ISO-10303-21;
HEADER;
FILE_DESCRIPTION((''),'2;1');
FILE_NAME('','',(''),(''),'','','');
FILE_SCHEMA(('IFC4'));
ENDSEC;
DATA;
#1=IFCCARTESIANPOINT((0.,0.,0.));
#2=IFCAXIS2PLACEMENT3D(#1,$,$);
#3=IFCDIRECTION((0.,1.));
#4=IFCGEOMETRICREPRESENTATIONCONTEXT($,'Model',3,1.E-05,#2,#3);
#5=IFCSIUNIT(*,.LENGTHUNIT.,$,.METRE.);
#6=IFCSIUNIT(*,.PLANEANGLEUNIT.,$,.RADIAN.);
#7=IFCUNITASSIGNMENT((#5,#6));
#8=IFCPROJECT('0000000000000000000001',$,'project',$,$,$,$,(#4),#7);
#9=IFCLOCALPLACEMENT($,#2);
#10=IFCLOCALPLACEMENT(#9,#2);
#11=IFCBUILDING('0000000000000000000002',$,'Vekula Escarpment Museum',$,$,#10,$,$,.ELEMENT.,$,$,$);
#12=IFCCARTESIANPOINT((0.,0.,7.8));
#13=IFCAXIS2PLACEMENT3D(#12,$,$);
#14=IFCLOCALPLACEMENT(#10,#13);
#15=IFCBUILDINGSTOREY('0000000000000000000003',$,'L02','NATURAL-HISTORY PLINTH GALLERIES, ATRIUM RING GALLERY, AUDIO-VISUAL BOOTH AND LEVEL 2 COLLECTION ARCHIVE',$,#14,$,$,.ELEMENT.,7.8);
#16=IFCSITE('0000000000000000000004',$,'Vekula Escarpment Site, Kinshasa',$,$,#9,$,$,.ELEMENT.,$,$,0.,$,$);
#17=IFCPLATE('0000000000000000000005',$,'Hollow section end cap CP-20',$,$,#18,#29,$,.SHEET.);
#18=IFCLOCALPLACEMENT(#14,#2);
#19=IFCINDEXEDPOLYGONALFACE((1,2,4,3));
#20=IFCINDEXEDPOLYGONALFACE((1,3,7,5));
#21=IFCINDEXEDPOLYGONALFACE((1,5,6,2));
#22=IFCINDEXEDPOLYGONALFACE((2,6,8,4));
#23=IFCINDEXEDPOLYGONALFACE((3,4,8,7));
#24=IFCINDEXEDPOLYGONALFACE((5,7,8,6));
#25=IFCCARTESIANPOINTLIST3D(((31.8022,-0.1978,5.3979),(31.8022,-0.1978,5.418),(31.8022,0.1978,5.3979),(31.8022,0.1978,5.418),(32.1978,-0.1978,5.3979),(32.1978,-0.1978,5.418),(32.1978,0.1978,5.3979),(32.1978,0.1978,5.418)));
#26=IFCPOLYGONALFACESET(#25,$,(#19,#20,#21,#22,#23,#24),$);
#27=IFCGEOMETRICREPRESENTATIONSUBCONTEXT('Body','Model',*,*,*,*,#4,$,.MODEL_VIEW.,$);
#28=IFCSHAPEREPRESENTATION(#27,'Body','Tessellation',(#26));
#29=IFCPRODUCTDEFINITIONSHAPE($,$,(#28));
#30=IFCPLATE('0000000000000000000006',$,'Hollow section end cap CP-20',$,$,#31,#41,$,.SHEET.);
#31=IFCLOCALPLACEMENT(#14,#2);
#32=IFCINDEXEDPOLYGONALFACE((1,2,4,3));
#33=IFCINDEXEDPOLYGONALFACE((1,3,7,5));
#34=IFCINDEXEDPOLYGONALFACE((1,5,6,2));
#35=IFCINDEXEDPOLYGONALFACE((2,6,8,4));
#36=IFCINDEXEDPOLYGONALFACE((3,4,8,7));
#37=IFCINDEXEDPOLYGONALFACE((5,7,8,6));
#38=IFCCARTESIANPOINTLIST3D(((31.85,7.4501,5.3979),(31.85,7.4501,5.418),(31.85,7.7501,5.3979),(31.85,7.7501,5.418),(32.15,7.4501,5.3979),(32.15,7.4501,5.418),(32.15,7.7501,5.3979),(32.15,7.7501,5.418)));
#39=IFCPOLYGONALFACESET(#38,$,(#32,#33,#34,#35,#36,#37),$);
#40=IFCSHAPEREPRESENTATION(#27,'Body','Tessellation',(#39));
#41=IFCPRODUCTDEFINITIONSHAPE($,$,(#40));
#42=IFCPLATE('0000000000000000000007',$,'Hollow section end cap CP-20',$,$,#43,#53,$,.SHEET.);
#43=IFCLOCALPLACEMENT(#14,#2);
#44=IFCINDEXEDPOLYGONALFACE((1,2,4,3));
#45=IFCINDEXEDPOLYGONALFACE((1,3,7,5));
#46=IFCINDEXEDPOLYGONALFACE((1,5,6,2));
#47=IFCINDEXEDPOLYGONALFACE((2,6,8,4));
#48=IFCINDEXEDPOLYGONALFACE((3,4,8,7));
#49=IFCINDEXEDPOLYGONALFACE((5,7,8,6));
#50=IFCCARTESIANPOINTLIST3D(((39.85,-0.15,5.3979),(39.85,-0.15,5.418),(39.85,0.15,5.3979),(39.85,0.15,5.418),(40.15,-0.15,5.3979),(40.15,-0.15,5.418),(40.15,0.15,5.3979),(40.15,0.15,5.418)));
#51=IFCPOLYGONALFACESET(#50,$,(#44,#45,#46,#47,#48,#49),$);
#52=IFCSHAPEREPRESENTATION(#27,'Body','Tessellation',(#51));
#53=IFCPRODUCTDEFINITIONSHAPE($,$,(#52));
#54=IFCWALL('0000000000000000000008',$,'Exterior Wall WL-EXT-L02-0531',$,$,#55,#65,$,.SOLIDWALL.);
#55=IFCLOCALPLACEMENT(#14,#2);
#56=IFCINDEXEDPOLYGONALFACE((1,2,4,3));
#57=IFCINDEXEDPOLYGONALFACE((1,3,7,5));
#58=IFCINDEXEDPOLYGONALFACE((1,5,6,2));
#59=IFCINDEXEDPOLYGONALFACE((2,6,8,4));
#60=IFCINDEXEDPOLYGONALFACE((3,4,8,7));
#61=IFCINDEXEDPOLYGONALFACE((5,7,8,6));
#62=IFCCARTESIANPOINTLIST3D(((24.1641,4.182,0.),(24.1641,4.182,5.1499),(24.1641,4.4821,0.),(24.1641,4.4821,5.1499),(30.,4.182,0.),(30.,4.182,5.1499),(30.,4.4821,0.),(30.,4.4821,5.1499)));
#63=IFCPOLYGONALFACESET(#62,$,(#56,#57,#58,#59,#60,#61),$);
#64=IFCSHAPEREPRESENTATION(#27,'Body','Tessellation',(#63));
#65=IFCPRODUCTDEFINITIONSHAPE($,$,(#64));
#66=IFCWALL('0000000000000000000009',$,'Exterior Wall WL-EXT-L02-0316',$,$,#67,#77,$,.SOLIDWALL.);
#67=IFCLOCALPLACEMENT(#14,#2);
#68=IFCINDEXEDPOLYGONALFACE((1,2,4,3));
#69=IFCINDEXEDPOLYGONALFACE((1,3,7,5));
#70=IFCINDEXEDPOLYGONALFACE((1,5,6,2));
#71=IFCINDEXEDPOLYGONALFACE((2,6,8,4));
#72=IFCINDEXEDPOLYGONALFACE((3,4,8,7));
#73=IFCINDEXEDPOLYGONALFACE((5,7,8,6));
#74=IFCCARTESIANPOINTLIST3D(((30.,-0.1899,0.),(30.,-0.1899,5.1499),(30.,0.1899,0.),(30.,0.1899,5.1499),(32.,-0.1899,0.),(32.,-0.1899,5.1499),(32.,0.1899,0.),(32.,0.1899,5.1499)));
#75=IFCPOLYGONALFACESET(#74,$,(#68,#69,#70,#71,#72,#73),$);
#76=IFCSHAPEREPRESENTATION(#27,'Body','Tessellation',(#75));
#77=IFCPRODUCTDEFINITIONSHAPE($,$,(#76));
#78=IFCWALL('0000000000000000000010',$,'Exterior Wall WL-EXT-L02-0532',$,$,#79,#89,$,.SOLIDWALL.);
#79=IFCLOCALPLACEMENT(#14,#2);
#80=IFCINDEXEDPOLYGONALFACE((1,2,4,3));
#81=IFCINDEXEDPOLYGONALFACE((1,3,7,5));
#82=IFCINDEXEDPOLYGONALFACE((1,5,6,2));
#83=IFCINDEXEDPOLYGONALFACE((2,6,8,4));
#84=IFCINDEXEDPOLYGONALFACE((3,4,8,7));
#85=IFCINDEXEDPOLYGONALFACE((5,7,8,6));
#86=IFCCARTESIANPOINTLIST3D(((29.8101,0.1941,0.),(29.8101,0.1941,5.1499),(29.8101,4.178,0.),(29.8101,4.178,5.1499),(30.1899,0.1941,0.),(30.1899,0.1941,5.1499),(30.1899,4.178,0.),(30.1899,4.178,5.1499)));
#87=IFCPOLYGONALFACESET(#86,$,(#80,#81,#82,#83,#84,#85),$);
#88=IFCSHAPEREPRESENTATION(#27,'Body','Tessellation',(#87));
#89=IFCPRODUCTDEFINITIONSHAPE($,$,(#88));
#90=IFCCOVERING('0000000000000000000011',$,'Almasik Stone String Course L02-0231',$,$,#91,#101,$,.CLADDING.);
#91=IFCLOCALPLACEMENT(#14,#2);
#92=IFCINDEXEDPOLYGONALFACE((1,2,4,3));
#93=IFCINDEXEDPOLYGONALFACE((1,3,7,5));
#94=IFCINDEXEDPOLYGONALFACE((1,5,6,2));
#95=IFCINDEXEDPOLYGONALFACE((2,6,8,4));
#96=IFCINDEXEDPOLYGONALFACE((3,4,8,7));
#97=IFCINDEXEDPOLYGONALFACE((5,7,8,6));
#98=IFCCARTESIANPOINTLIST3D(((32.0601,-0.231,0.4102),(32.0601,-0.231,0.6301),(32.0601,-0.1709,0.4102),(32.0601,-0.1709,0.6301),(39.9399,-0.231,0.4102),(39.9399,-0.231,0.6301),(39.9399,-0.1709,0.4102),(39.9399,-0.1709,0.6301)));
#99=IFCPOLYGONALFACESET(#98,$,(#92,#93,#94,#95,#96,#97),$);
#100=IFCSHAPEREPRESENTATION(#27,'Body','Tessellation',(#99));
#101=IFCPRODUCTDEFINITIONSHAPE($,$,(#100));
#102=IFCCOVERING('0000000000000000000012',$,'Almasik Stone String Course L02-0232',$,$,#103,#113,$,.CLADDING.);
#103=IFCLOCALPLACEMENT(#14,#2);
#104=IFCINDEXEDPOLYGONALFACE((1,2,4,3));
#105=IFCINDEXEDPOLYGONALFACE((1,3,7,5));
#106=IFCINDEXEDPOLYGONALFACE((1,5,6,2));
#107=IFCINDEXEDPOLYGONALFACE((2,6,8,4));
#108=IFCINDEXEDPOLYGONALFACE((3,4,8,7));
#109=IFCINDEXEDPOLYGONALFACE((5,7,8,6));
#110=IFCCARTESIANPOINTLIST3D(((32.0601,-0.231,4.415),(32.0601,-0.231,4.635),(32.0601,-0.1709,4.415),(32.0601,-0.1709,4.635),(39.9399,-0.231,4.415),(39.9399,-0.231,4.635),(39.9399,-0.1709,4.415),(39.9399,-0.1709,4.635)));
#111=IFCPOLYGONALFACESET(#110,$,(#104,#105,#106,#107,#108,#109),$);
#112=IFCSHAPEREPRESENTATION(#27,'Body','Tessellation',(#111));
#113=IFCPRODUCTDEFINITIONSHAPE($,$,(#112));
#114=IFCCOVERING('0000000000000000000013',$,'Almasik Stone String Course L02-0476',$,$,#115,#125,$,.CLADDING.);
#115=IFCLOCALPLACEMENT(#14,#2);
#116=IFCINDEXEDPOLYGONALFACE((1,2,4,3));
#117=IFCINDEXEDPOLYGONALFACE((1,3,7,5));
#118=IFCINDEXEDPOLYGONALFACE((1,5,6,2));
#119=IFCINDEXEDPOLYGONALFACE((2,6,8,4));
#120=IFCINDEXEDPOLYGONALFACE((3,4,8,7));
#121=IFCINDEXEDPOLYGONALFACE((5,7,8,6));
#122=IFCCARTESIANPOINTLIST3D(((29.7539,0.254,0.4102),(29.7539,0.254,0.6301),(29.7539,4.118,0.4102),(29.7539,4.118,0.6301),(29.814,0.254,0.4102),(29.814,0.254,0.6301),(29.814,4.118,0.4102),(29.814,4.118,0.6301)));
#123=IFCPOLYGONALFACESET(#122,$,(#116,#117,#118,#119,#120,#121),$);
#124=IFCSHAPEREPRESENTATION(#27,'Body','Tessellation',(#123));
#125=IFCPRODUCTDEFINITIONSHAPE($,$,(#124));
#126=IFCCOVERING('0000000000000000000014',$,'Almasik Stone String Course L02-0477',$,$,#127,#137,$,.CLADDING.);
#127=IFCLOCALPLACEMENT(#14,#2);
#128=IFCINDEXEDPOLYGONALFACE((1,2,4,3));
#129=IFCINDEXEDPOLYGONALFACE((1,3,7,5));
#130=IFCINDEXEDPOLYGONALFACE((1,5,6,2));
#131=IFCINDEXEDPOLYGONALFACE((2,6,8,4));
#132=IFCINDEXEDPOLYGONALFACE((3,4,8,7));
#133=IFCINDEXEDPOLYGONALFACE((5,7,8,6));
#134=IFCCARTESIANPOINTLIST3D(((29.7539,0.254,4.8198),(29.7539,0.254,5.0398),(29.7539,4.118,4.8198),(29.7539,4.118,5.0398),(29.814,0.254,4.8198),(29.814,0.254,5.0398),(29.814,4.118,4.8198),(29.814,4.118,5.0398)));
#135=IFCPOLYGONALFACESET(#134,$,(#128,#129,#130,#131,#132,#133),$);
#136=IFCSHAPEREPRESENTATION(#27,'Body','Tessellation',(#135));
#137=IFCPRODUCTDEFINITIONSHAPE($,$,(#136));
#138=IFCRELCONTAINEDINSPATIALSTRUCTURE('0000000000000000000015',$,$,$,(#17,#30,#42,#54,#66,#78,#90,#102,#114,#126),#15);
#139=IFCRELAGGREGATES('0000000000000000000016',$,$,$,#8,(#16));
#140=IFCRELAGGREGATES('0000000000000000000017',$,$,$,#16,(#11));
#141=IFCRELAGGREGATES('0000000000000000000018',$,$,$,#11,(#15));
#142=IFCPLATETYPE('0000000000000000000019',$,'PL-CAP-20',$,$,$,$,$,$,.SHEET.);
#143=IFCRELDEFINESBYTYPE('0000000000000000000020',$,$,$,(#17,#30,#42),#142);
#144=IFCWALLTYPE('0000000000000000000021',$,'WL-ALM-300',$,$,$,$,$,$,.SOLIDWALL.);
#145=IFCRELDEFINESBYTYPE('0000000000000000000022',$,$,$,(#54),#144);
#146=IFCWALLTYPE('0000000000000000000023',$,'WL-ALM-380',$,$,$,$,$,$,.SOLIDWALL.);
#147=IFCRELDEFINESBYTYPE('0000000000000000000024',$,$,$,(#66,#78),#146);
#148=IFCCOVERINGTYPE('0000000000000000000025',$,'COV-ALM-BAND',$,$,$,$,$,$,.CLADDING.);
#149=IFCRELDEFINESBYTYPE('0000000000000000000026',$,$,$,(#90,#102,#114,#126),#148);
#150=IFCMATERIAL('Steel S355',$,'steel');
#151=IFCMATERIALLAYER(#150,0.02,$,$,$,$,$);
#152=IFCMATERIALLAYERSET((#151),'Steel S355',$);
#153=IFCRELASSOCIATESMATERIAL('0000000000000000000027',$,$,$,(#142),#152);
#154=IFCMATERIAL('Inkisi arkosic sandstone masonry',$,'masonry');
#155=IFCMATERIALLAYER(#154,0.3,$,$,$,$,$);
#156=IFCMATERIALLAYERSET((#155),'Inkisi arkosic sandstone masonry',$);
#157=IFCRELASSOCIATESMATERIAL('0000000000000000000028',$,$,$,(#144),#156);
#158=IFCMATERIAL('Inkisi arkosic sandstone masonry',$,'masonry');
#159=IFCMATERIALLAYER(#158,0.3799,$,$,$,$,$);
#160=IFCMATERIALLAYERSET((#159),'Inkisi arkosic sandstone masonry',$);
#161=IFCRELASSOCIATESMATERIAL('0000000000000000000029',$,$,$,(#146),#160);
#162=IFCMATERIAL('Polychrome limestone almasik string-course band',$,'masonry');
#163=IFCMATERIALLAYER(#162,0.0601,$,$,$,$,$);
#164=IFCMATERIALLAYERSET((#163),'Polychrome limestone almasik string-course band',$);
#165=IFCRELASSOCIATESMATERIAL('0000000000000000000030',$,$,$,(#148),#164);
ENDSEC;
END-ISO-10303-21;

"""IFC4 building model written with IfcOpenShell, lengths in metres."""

from ifc_helpers import new_model, si_unit, direction, frame, frame_2d, origin, origin_2d, place, context, subcontext, project, spatial, rectangle, extrude, material, layer, layer_set, type_object, element, save


model = new_model("IFC4")

# Units and contexts
model_context = context("Model", 3, precision=1e-05, world=origin(), true_north=direction((0.0, 1.0)))
body_context = subcontext(model_context, "Body", "Model", "MODEL_VIEW")
ifc_project = project(units=[si_unit("LENGTHUNIT", "METRE"), si_unit("PLANEANGLEUNIT", "RADIAN")], contexts=[model_context])

# Site, building, storey
site_placement = place(None, origin())
site = spatial("IfcSite", under=ifc_project, at=site_placement, Name="Vekula Escarpment Site, Kinshasa", CompositionType="ELEMENT", RefElevation=0.0)
building_placement = place(site_placement, origin())
building = spatial("IfcBuilding", under=site, at=building_placement, Name="Vekula Escarpment Museum", CompositionType="ELEMENT")
storey_placement = place(building_placement, frame((0.0, 0.0, 7.8)))
storey = spatial("IfcBuildingStorey", under=building, at=storey_placement, Name="L02", Description="NATURAL-HISTORY PLINTH GALLERIES, ATRIUM RING GALLERY, AUDIO-VISUAL BOOTH AND LEVEL 2 COLLECTION ARCHIVE", CompositionType="ELEMENT", Elevation=7.8)

# Plates
ifc_material_1 = material(Name="Steel S355", Category="steel")
ifc_layer_1 = layer(ifc_material_1, 0.02)
ifc_layer_set_1 = layer_set([ifc_layer_1], Name="Steel S355")
plate_type = type_object("IfcPlateType", Name="PL-CAP-20", PredefinedType="SHEET", material=ifc_layer_set_1)
plate_placement = place(storey_placement, frame((32.0, 0.0, 5.3979), z_axis=(0.0, 0.0, 1.0), x_axis=(1.0, 0.0, 0.0)))
element("IfcPlate", 1, at=plate_placement, inside=storey, type_object=plate_type, Name="Hollow section end cap CP-20", PredefinedType="SHEET", context=body_context, shape_type="SweptSolid", body=[
    extrude(rectangle(XDim=0.3955, YDim=0.3955, at=origin_2d()), origin(), (0.0, 0.0, 1.0), 0.02),
])
for number, where, z_axis, x_axis, name in (
    (2, (32.0, 7.6001, 5.3979), (0.0, 0.0, 1.0), (1.0, 0.0, 0.0), "Hollow section end cap CP-20"),
    (3, (40.0, 0.0, 5.3979), (0.0, 0.0, 1.0), (1.0, 0.0, 0.0), "Hollow section end cap CP-20"),
):
    element("IfcPlate", number, at=place(storey_placement, frame(where, z_axis=z_axis, x_axis=x_axis)), inside=storey, type_object=plate_type, Name=name, PredefinedType="SHEET", context=body_context, shape_type="SweptSolid", body=[
        extrude(rectangle(XDim=0.3, YDim=0.3, at=origin_2d()), origin(), (0.0, 0.0, 1.0), 0.02),
    ])

# Walls
ifc_material_2 = material(Name="Inkisi arkosic sandstone masonry", Category="masonry")
ifc_layer_2 = layer(ifc_material_2, 0.3)
ifc_layer_set_2 = layer_set([ifc_layer_2], Name="Inkisi arkosic sandstone masonry")
wall_type_1 = type_object("IfcWallType", Name="WL-ALM-300", PredefinedType="SOLIDWALL", material=ifc_layer_set_2)
wall_1_placement = place(storey_placement, frame((30.0, 4.332, 0.0), z_axis=(0.0, 0.0, 1.0), x_axis=(-1.0, 0.0, 0.0)))
element("IfcWall", 4, at=wall_1_placement, inside=storey, type_object=wall_type_1, Name="Exterior Wall WL-EXT-L02-0531", PredefinedType="SOLIDWALL", context=body_context, shape_type="SweptSolid", body=[
    extrude(rectangle(XDim=5.8359, YDim=0.3, at=frame_2d((2.918, 0.0))), origin(), (0.0, 0.0, 1.0), 5.1499),
])
ifc_material_3 = material(Name="Inkisi arkosic sandstone masonry", Category="masonry")
ifc_layer_3 = layer(ifc_material_3, 0.3799)
ifc_layer_set_3 = layer_set([ifc_layer_3], Name="Inkisi arkosic sandstone masonry")
wall_type_2 = type_object("IfcWallType", Name="WL-ALM-380", PredefinedType="SOLIDWALL", material=ifc_layer_set_3)
wall_2_placement = place(storey_placement, frame((32.0, 0.0, 0.0), z_axis=(0.0, 0.0, 1.0), x_axis=(-1.0, 0.0, 0.0)))
element("IfcWall", 5, at=wall_2_placement, inside=storey, type_object=wall_type_2, Name="Exterior Wall WL-EXT-L02-0316", PredefinedType="SOLIDWALL", context=body_context, shape_type="SweptSolid", body=[
    extrude(rectangle(XDim=2.0, YDim=0.3799, at=frame_2d((1.0, 0.0))), origin(), (0.0, 0.0, 1.0), 5.1499),
])
wall_3_placement = place(storey_placement, frame((30.0, 0.1941, 0.0), z_axis=(0.0, 0.0, 1.0), x_axis=(0.0, 1.0, 0.0)))
element("IfcWall", 6, at=wall_3_placement, inside=storey, type_object=wall_type_2, Name="Exterior Wall WL-EXT-L02-0532", PredefinedType="SOLIDWALL", context=body_context, shape_type="SweptSolid", body=[
    extrude(rectangle(XDim=3.9839, YDim=0.3799, at=frame_2d((1.9919, 0.0))), origin(), (0.0, 0.0, 1.0), 5.1499),
])

# Coverings
ifc_material_4 = material(Name="Polychrome limestone almasik string-course band", Category="masonry")
ifc_layer_4 = layer(ifc_material_4, 0.0601)
ifc_layer_set_4 = layer_set([ifc_layer_4], Name="Polychrome limestone almasik string-course band")
covering_type = type_object("IfcCoveringType", Name="COV-ALM-BAND", PredefinedType="CLADDING", material=ifc_layer_set_4)
for number, where, z_axis, x_axis, name in (
    (7, (36.0, -0.2009, 0.4102), (0.0, 0.0, 1.0), (1.0, 0.0, 0.0), "Almasik Stone String Course L02-0231"),
    (8, (36.0, -0.2009, 4.415), (0.0, 0.0, 1.0), (1.0, 0.0, 0.0), "Almasik Stone String Course L02-0232"),
):
    element("IfcCovering", number, at=place(storey_placement, frame(where, z_axis=z_axis, x_axis=x_axis)), inside=storey, type_object=covering_type, Name=name, PredefinedType="CLADDING", context=body_context, shape_type="SweptSolid", body=[
        extrude(rectangle(XDim=7.8799, YDim=0.0601, at=origin_2d()), origin(), (0.0, 0.0, 1.0), 0.22),
    ])
for number, where, z_axis, x_axis, name in (
    (9, (29.7839, 2.186, 0.4102), (0.0, 0.0, 1.0), (0.0, 1.0, 0.0), "Almasik Stone String Course L02-0476"),
    (10, (29.7839, 2.186, 4.8198), (0.0, 0.0, 1.0), (0.0, 1.0, 0.0), "Almasik Stone String Course L02-0477"),
):
    element("IfcCovering", number, at=place(storey_placement, frame(where, z_axis=z_axis, x_axis=x_axis)), inside=storey, type_object=covering_type, Name=name, PredefinedType="CLADDING", context=body_context, shape_type="SweptSolid", body=[
        extrude(rectangle(XDim=3.864, YDim=0.0601, at=origin_2d()), origin(), (0.0, 0.0, 1.0), 0.22),
    ])

save(model, "model.ifc")
